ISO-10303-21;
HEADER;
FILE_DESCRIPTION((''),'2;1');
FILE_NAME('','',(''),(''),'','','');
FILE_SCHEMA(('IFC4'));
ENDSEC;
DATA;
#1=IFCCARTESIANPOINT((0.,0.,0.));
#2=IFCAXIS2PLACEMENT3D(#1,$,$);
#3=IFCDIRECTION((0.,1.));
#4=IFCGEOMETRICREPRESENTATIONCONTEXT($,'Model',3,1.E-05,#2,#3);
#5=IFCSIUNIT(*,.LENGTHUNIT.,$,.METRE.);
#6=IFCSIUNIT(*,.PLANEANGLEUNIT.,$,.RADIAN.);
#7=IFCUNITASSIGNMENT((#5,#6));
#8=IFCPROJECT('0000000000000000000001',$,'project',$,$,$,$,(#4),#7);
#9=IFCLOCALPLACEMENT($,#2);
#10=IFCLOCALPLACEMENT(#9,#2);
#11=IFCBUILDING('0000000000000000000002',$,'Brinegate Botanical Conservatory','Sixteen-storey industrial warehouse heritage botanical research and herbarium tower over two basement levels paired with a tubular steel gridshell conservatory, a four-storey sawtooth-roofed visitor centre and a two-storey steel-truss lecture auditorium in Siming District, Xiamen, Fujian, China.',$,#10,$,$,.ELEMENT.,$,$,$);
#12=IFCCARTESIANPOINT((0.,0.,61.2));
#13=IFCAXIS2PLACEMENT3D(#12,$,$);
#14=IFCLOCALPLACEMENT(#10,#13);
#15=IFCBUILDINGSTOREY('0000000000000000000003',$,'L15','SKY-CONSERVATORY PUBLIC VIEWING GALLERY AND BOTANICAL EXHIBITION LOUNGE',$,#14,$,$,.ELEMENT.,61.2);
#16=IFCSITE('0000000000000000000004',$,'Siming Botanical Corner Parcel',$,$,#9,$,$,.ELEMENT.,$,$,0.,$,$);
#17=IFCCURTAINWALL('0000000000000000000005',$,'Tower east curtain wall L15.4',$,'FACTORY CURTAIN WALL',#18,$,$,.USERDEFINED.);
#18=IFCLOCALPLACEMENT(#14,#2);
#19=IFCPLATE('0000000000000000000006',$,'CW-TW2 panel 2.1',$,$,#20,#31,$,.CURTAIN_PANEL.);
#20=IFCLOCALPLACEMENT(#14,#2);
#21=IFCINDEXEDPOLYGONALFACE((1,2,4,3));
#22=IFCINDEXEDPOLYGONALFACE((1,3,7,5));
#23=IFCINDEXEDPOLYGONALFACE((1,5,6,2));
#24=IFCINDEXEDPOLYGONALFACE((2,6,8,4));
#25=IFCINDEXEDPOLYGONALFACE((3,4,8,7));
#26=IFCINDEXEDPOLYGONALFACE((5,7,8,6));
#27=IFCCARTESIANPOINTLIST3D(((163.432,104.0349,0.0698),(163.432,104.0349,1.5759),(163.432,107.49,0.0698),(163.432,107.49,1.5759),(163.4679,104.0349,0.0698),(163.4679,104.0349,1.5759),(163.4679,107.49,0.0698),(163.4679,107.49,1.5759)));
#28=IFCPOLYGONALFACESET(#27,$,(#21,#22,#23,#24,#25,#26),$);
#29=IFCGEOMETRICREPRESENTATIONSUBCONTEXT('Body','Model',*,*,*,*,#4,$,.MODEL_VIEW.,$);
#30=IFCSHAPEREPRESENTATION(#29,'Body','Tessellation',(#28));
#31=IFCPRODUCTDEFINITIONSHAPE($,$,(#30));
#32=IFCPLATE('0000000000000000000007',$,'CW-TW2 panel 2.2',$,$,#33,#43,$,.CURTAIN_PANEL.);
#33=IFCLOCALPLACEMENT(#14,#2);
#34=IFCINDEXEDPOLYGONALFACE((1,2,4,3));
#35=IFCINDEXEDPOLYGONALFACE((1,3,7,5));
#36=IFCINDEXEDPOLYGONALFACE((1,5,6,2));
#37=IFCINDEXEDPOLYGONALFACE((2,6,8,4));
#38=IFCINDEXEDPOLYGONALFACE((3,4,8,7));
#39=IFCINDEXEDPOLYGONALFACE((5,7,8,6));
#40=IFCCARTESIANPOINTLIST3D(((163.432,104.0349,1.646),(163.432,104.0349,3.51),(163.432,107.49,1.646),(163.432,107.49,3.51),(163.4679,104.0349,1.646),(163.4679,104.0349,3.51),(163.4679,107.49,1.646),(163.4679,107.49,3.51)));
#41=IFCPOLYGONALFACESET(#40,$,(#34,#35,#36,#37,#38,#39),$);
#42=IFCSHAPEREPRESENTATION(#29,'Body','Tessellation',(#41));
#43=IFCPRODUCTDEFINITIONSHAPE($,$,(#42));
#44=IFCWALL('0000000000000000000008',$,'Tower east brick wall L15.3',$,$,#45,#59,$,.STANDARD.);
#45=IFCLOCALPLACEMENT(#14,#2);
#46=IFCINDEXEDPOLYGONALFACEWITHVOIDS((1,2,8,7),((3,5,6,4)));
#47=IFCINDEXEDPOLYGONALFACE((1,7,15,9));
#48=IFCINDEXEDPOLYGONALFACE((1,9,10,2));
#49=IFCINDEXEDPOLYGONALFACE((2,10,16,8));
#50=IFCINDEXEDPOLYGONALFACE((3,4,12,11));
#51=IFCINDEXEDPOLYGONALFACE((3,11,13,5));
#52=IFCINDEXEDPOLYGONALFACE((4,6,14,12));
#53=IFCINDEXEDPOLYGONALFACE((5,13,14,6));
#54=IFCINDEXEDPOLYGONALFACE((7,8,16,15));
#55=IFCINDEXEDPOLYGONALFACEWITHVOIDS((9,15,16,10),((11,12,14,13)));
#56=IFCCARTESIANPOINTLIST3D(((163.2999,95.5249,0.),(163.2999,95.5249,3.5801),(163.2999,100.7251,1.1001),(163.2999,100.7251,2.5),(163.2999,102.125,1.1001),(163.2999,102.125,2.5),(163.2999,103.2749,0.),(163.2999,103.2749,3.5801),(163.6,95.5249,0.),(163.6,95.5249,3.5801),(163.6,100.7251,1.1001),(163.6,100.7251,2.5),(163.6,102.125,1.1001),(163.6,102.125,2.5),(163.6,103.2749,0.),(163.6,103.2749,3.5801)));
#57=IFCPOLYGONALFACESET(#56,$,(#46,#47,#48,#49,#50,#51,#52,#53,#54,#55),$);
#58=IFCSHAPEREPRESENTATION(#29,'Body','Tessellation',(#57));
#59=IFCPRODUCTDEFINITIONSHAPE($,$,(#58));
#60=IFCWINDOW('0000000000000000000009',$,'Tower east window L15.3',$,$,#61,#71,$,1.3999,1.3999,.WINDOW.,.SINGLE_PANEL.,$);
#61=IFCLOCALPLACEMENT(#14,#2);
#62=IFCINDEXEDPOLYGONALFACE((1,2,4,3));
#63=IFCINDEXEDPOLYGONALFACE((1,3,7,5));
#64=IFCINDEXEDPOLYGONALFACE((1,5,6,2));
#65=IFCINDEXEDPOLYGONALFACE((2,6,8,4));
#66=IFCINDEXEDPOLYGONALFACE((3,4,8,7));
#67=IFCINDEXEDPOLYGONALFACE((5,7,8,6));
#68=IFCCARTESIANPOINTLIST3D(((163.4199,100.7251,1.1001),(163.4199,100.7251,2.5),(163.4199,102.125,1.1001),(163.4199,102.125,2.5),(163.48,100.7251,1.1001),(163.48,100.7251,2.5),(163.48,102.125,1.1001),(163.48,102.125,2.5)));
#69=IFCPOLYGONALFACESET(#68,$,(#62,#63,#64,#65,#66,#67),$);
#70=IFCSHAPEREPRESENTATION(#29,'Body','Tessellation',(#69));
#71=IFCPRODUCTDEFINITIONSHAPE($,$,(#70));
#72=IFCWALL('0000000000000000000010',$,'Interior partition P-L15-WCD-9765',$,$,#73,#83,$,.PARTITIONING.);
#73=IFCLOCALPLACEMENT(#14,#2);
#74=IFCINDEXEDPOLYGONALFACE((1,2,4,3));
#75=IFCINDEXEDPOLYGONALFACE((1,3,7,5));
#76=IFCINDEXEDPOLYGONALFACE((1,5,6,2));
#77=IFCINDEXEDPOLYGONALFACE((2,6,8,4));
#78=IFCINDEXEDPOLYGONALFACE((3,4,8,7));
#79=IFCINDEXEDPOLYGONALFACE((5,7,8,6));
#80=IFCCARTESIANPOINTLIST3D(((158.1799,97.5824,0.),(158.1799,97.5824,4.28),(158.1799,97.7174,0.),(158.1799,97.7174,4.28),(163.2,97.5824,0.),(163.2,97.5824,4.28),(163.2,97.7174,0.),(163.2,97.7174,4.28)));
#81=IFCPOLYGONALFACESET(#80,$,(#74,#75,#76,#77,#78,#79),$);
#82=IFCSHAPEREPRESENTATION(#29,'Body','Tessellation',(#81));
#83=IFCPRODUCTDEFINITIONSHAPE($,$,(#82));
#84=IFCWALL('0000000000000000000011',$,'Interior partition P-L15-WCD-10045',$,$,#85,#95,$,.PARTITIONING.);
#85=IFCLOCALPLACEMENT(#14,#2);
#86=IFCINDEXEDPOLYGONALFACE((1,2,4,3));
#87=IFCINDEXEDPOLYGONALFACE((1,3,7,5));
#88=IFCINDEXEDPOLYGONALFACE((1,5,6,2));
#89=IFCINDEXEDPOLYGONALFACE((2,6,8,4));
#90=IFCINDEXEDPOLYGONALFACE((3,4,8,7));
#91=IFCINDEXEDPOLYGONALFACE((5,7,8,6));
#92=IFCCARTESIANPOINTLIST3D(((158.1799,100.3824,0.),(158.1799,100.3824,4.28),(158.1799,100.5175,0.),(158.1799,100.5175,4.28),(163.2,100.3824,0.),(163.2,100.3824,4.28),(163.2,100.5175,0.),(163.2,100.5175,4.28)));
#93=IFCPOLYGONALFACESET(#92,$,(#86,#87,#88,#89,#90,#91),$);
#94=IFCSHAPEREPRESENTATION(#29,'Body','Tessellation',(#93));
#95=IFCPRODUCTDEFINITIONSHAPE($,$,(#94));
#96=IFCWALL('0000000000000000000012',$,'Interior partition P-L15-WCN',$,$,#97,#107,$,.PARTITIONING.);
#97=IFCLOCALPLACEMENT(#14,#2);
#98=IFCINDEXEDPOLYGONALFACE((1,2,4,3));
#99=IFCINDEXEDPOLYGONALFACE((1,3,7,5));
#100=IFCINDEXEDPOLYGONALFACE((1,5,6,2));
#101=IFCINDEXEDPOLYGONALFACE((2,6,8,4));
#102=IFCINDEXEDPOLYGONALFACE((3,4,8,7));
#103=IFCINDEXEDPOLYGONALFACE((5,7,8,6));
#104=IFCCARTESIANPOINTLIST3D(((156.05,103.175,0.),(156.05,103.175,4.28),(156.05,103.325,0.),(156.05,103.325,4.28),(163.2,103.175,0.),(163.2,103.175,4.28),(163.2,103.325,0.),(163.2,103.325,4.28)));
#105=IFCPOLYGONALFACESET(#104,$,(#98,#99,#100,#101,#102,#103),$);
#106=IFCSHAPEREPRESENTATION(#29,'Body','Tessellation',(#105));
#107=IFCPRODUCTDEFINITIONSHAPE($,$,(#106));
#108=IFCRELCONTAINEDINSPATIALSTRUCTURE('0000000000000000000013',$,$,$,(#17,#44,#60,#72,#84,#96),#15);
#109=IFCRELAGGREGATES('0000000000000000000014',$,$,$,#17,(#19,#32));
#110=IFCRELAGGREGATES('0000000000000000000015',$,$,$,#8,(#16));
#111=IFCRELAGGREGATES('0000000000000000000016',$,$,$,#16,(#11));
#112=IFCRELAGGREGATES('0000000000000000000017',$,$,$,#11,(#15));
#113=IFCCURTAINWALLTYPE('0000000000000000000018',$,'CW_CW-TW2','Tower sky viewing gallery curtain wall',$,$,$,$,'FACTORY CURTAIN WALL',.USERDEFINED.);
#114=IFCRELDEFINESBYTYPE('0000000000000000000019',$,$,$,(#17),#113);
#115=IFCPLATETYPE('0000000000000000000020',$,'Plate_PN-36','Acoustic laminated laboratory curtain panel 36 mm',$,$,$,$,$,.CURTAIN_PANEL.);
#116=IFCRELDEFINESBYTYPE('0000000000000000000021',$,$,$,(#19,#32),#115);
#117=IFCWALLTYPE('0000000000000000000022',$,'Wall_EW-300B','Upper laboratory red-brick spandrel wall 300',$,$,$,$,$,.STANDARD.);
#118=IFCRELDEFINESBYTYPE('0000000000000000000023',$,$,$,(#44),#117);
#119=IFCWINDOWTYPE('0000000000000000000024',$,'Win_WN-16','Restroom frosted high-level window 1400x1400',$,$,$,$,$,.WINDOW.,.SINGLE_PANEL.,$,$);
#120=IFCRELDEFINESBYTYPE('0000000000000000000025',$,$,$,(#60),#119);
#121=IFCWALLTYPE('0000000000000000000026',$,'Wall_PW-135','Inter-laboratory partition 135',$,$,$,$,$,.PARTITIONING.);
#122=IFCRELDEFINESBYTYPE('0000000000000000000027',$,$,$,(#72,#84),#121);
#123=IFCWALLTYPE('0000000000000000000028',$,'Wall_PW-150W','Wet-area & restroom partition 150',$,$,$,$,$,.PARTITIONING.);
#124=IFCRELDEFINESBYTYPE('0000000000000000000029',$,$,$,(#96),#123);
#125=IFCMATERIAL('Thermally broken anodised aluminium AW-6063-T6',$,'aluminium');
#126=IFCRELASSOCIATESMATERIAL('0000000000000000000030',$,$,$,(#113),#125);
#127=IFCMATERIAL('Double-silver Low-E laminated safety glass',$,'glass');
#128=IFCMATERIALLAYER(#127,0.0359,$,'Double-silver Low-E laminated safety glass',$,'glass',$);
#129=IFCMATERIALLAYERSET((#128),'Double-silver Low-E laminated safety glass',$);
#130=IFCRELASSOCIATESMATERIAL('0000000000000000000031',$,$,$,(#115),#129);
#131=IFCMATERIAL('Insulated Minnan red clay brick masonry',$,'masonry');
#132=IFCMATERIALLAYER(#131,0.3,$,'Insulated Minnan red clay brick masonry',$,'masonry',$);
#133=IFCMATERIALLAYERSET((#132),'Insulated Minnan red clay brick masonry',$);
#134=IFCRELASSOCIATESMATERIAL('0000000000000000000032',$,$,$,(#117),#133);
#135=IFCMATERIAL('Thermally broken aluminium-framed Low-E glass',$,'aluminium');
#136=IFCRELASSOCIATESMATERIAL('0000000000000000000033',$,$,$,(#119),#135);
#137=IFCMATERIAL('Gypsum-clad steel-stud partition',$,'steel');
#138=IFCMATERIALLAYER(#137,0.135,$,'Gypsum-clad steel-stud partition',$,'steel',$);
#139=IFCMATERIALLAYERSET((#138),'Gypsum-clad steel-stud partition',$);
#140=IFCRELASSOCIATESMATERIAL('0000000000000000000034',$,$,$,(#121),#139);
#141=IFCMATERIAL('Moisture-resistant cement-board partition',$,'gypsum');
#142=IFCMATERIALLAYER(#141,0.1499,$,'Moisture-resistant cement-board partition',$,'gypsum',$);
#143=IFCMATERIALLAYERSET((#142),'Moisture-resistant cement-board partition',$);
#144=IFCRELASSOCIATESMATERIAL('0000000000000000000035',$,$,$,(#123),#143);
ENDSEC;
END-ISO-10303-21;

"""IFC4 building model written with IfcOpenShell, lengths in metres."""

from ifc_helpers import new_model, si_unit, direction, frame, frame_2d, origin, origin_2d, place, context, subcontext, project, spatial, rectangle, extrude, material, layer, layer_set, type_object, element, fill, aggregate, save


model = new_model("IFC4")

# Units and contexts
model_context = context("Model", 3, precision=1e-05, world=origin(), true_north=direction((0.0, 1.0)))
body_context = subcontext(model_context, "Body", "Model", "MODEL_VIEW")
ifc_project = project(units=[si_unit("LENGTHUNIT", "METRE"), si_unit("PLANEANGLEUNIT", "RADIAN")], contexts=[model_context])

# Site, building, storey
site_placement = place(None, origin())
site = spatial("IfcSite", under=ifc_project, at=site_placement, Name="Siming Botanical Corner Parcel", CompositionType="ELEMENT", RefElevation=0.0)
building_placement = place(site_placement, origin())
building = spatial("IfcBuilding", under=site, at=building_placement, Name="Brinegate Botanical Conservatory", Description="Sixteen-storey industrial warehouse heritage botanical research and herbarium tower over two basement levels paired with a tubular steel gridshell conservatory, a four-storey sawtooth-roofed visitor centre and a two-storey steel-truss lecture auditorium in Siming District, Xiamen, Fujian, China.", CompositionType="ELEMENT")
storey_placement = place(building_placement, frame((0.0, 0.0, 61.2)))
storey = spatial("IfcBuildingStorey", under=building, at=storey_placement, Name="L15", Description="SKY-CONSERVATORY PUBLIC VIEWING GALLERY AND BOTANICAL EXHIBITION LOUNGE", CompositionType="ELEMENT", Elevation=61.2)

# Curtain wall
ifc_material_1 = material(Name="Thermally broken anodised aluminium AW-6063-T6", Category="aluminium")
curtain_wall_type = type_object("IfcCurtainWallType", Name="CW_CW-TW2", Description="Tower sky viewing gallery curtain wall", ElementType="FACTORY CURTAIN WALL", PredefinedType="USERDEFINED", material=ifc_material_1)
curtain_wall_1_placement = place(storey_placement, origin())
curtain_wall_1 = element("IfcCurtainWall", 1, at=curtain_wall_1_placement, inside=storey, type_object=curtain_wall_type, Name="Tower east curtain wall L15.4", ObjectType="FACTORY CURTAIN WALL", PredefinedType="USERDEFINED")

# Plates
ifc_material_2 = material(Name="Double-silver Low-E laminated safety glass", Category="glass")
ifc_layer_1 = layer(ifc_material_2, 0.0359, Name="Double-silver Low-E laminated safety glass", Category="glass")
ifc_layer_set_1 = layer_set([ifc_layer_1], Name="Double-silver Low-E laminated safety glass")
plate_type = type_object("IfcPlateType", Name="Plate_PN-36", Description="Acoustic laminated laboratory curtain panel 36 mm", PredefinedType="CURTAIN_PANEL", material=ifc_layer_set_1)
plate_1_placement = place(storey_placement, frame((163.45, 105.7625, 0.0698), z_axis=(0.0, 0.0, 1.0), x_axis=(0.0, -1.0, 0.0)))
plate_1 = element("IfcPlate", 2, at=plate_1_placement, type_object=plate_type, Name="CW-TW2 panel 2.1", PredefinedType="CURTAIN_PANEL", context=body_context, shape_type="SweptSolid", body=[
    extrude(rectangle(XDim=3.4551, YDim=0.0359, at=origin_2d()), origin(), (0.0, 0.0, 1.0), 1.5061),
])
plate_2_placement = place(storey_placement, frame((163.45, 105.7625, 1.646), z_axis=(0.0, 0.0, 1.0), x_axis=(0.0, -1.0, 0.0)))
plate_2 = element("IfcPlate", 3, at=plate_2_placement, type_object=plate_type, Name="CW-TW2 panel 2.2", PredefinedType="CURTAIN_PANEL", context=body_context, shape_type="SweptSolid", body=[
    extrude(rectangle(XDim=3.4551, YDim=0.0359, at=origin_2d()), origin(), (0.0, 0.0, 1.0), 1.864),
])
aggregate(curtain_wall_1, [plate_1, plate_2])

# Wall, opening, window
ifc_material_3 = material(Name="Insulated Minnan red clay brick masonry", Category="masonry")
ifc_layer_2 = layer(ifc_material_3, 0.3, Name="Insulated Minnan red clay brick masonry", Category="masonry")
ifc_layer_set_2 = layer_set([ifc_layer_2], Name="Insulated Minnan red clay brick masonry")
wall_type_1 = type_object("IfcWallType", Name="Wall_EW-300B", Description="Upper laboratory red-brick spandrel wall 300", PredefinedType="STANDARD", material=ifc_layer_set_2)
wall_1_placement = place(storey_placement, frame((163.45, 103.2749, 0.0), z_axis=(0.0, 0.0, 1.0), x_axis=(0.0, -1.0, 0.0)))
wall_1 = element("IfcWall", 4, at=wall_1_placement, inside=storey, type_object=wall_type_1, Name="Tower east brick wall L15.3", PredefinedType="STANDARD", context=body_context, shape_type="SweptSolid", body=[
    extrude(rectangle(XDim=7.75, YDim=0.3, at=frame_2d((3.875, 0.0))), origin(), (0.0, 0.0, 1.0), 3.5801),
])
opening_placement = place(wall_1_placement, frame((1.1499, 0.0, 1.1001)))
opening = element("IfcOpeningElement", 5, at=opening_placement, cuts=wall_1, PredefinedType="OPENING", context=body_context, shape_type="SweptSolid", body=[
    extrude(rectangle(XDim=1.3999, YDim=1.3999, at=frame_2d((0.7, 0.7))), frame((0.0, 0.1599, 0.0), z_axis=(0.0, -1.0, 0.0), x_axis=(1.0, 0.0, 0.0)), (0.0, 0.0, 1.0), 0.3201),
])
ifc_material_4 = material(Name="Thermally broken aluminium-framed Low-E glass", Category="aluminium")
window_type = type_object("IfcWindowType", Name="Win_WN-16", Description="Restroom frosted high-level window 1400x1400", PartitioningType="SINGLE_PANEL", PredefinedType="WINDOW", material=ifc_material_4)
window_placement = place(opening_placement, origin())
window = element("IfcWindow", 6, at=window_placement, inside=storey, type_object=window_type, Name="Tower east window L15.3", OverallHeight=1.3999, OverallWidth=1.3999, PartitioningType="SINGLE_PANEL", PredefinedType="WINDOW", context=body_context, shape_type="SweptSolid", body=[
    extrude(rectangle(XDim=1.3999, YDim=1.3999, at=frame_2d((0.7, 0.7))), frame((0.0, 0.03, 0.0), z_axis=(0.0, -1.0, 0.0), x_axis=(1.0, 0.0, 0.0)), (0.0, 0.0, 1.0), 0.0601),
])
fill(opening, window)

# Walls
ifc_material_5 = material(Name="Gypsum-clad steel-stud partition", Category="steel")
ifc_layer_3 = layer(ifc_material_5, 0.135, Name="Gypsum-clad steel-stud partition", Category="steel")
ifc_layer_set_3 = layer_set([ifc_layer_3], Name="Gypsum-clad steel-stud partition")
wall_type_2 = type_object("IfcWallType", Name="Wall_PW-135", Description="Inter-laboratory partition 135", PredefinedType="PARTITIONING", material=ifc_layer_set_3)
for number, where, z_axis, x_axis, name in (
    (7, (158.1799, 97.6499, 0.0), (0.0, 0.0, 1.0), (1.0, 0.0, 0.0), "Interior partition P-L15-WCD-9765"),
    (8, (158.1799, 100.45, 0.0), (0.0, 0.0, 1.0), (1.0, 0.0, 0.0), "Interior partition P-L15-WCD-10045"),
):
    element("IfcWall", number, at=place(storey_placement, frame(where, z_axis=z_axis, x_axis=x_axis)), inside=storey, type_object=wall_type_2, Name=name, PredefinedType="PARTITIONING", context=body_context, shape_type="SweptSolid", body=[
        extrude(rectangle(XDim=5.02, YDim=0.135, at=frame_2d((2.51, 0.0))), origin(), (0.0, 0.0, 1.0), 4.28),
    ])
ifc_material_6 = material(Name="Moisture-resistant cement-board partition", Category="gypsum")
ifc_layer_4 = layer(ifc_material_6, 0.1499, Name="Moisture-resistant cement-board partition", Category="gypsum")
ifc_layer_set_4 = layer_set([ifc_layer_4], Name="Moisture-resistant cement-board partition")
wall_type_3 = type_object("IfcWallType", Name="Wall_PW-150W", Description="Wet-area & restroom partition 150", PredefinedType="PARTITIONING", material=ifc_layer_set_4)
wall_2_placement = place(storey_placement, frame((156.05, 103.25, 0.0), z_axis=(0.0, 0.0, 1.0), x_axis=(1.0, 0.0, 0.0)))
element("IfcWall", 9, at=wall_2_placement, inside=storey, type_object=wall_type_3, Name="Interior partition P-L15-WCN", PredefinedType="PARTITIONING", context=body_context, shape_type="SweptSolid", body=[
    extrude(rectangle(XDim=7.1499, YDim=0.1499, at=frame_2d((3.575, 0.0))), origin(), (0.0, 0.0, 1.0), 4.28),
])

save(model, "model.ifc")
